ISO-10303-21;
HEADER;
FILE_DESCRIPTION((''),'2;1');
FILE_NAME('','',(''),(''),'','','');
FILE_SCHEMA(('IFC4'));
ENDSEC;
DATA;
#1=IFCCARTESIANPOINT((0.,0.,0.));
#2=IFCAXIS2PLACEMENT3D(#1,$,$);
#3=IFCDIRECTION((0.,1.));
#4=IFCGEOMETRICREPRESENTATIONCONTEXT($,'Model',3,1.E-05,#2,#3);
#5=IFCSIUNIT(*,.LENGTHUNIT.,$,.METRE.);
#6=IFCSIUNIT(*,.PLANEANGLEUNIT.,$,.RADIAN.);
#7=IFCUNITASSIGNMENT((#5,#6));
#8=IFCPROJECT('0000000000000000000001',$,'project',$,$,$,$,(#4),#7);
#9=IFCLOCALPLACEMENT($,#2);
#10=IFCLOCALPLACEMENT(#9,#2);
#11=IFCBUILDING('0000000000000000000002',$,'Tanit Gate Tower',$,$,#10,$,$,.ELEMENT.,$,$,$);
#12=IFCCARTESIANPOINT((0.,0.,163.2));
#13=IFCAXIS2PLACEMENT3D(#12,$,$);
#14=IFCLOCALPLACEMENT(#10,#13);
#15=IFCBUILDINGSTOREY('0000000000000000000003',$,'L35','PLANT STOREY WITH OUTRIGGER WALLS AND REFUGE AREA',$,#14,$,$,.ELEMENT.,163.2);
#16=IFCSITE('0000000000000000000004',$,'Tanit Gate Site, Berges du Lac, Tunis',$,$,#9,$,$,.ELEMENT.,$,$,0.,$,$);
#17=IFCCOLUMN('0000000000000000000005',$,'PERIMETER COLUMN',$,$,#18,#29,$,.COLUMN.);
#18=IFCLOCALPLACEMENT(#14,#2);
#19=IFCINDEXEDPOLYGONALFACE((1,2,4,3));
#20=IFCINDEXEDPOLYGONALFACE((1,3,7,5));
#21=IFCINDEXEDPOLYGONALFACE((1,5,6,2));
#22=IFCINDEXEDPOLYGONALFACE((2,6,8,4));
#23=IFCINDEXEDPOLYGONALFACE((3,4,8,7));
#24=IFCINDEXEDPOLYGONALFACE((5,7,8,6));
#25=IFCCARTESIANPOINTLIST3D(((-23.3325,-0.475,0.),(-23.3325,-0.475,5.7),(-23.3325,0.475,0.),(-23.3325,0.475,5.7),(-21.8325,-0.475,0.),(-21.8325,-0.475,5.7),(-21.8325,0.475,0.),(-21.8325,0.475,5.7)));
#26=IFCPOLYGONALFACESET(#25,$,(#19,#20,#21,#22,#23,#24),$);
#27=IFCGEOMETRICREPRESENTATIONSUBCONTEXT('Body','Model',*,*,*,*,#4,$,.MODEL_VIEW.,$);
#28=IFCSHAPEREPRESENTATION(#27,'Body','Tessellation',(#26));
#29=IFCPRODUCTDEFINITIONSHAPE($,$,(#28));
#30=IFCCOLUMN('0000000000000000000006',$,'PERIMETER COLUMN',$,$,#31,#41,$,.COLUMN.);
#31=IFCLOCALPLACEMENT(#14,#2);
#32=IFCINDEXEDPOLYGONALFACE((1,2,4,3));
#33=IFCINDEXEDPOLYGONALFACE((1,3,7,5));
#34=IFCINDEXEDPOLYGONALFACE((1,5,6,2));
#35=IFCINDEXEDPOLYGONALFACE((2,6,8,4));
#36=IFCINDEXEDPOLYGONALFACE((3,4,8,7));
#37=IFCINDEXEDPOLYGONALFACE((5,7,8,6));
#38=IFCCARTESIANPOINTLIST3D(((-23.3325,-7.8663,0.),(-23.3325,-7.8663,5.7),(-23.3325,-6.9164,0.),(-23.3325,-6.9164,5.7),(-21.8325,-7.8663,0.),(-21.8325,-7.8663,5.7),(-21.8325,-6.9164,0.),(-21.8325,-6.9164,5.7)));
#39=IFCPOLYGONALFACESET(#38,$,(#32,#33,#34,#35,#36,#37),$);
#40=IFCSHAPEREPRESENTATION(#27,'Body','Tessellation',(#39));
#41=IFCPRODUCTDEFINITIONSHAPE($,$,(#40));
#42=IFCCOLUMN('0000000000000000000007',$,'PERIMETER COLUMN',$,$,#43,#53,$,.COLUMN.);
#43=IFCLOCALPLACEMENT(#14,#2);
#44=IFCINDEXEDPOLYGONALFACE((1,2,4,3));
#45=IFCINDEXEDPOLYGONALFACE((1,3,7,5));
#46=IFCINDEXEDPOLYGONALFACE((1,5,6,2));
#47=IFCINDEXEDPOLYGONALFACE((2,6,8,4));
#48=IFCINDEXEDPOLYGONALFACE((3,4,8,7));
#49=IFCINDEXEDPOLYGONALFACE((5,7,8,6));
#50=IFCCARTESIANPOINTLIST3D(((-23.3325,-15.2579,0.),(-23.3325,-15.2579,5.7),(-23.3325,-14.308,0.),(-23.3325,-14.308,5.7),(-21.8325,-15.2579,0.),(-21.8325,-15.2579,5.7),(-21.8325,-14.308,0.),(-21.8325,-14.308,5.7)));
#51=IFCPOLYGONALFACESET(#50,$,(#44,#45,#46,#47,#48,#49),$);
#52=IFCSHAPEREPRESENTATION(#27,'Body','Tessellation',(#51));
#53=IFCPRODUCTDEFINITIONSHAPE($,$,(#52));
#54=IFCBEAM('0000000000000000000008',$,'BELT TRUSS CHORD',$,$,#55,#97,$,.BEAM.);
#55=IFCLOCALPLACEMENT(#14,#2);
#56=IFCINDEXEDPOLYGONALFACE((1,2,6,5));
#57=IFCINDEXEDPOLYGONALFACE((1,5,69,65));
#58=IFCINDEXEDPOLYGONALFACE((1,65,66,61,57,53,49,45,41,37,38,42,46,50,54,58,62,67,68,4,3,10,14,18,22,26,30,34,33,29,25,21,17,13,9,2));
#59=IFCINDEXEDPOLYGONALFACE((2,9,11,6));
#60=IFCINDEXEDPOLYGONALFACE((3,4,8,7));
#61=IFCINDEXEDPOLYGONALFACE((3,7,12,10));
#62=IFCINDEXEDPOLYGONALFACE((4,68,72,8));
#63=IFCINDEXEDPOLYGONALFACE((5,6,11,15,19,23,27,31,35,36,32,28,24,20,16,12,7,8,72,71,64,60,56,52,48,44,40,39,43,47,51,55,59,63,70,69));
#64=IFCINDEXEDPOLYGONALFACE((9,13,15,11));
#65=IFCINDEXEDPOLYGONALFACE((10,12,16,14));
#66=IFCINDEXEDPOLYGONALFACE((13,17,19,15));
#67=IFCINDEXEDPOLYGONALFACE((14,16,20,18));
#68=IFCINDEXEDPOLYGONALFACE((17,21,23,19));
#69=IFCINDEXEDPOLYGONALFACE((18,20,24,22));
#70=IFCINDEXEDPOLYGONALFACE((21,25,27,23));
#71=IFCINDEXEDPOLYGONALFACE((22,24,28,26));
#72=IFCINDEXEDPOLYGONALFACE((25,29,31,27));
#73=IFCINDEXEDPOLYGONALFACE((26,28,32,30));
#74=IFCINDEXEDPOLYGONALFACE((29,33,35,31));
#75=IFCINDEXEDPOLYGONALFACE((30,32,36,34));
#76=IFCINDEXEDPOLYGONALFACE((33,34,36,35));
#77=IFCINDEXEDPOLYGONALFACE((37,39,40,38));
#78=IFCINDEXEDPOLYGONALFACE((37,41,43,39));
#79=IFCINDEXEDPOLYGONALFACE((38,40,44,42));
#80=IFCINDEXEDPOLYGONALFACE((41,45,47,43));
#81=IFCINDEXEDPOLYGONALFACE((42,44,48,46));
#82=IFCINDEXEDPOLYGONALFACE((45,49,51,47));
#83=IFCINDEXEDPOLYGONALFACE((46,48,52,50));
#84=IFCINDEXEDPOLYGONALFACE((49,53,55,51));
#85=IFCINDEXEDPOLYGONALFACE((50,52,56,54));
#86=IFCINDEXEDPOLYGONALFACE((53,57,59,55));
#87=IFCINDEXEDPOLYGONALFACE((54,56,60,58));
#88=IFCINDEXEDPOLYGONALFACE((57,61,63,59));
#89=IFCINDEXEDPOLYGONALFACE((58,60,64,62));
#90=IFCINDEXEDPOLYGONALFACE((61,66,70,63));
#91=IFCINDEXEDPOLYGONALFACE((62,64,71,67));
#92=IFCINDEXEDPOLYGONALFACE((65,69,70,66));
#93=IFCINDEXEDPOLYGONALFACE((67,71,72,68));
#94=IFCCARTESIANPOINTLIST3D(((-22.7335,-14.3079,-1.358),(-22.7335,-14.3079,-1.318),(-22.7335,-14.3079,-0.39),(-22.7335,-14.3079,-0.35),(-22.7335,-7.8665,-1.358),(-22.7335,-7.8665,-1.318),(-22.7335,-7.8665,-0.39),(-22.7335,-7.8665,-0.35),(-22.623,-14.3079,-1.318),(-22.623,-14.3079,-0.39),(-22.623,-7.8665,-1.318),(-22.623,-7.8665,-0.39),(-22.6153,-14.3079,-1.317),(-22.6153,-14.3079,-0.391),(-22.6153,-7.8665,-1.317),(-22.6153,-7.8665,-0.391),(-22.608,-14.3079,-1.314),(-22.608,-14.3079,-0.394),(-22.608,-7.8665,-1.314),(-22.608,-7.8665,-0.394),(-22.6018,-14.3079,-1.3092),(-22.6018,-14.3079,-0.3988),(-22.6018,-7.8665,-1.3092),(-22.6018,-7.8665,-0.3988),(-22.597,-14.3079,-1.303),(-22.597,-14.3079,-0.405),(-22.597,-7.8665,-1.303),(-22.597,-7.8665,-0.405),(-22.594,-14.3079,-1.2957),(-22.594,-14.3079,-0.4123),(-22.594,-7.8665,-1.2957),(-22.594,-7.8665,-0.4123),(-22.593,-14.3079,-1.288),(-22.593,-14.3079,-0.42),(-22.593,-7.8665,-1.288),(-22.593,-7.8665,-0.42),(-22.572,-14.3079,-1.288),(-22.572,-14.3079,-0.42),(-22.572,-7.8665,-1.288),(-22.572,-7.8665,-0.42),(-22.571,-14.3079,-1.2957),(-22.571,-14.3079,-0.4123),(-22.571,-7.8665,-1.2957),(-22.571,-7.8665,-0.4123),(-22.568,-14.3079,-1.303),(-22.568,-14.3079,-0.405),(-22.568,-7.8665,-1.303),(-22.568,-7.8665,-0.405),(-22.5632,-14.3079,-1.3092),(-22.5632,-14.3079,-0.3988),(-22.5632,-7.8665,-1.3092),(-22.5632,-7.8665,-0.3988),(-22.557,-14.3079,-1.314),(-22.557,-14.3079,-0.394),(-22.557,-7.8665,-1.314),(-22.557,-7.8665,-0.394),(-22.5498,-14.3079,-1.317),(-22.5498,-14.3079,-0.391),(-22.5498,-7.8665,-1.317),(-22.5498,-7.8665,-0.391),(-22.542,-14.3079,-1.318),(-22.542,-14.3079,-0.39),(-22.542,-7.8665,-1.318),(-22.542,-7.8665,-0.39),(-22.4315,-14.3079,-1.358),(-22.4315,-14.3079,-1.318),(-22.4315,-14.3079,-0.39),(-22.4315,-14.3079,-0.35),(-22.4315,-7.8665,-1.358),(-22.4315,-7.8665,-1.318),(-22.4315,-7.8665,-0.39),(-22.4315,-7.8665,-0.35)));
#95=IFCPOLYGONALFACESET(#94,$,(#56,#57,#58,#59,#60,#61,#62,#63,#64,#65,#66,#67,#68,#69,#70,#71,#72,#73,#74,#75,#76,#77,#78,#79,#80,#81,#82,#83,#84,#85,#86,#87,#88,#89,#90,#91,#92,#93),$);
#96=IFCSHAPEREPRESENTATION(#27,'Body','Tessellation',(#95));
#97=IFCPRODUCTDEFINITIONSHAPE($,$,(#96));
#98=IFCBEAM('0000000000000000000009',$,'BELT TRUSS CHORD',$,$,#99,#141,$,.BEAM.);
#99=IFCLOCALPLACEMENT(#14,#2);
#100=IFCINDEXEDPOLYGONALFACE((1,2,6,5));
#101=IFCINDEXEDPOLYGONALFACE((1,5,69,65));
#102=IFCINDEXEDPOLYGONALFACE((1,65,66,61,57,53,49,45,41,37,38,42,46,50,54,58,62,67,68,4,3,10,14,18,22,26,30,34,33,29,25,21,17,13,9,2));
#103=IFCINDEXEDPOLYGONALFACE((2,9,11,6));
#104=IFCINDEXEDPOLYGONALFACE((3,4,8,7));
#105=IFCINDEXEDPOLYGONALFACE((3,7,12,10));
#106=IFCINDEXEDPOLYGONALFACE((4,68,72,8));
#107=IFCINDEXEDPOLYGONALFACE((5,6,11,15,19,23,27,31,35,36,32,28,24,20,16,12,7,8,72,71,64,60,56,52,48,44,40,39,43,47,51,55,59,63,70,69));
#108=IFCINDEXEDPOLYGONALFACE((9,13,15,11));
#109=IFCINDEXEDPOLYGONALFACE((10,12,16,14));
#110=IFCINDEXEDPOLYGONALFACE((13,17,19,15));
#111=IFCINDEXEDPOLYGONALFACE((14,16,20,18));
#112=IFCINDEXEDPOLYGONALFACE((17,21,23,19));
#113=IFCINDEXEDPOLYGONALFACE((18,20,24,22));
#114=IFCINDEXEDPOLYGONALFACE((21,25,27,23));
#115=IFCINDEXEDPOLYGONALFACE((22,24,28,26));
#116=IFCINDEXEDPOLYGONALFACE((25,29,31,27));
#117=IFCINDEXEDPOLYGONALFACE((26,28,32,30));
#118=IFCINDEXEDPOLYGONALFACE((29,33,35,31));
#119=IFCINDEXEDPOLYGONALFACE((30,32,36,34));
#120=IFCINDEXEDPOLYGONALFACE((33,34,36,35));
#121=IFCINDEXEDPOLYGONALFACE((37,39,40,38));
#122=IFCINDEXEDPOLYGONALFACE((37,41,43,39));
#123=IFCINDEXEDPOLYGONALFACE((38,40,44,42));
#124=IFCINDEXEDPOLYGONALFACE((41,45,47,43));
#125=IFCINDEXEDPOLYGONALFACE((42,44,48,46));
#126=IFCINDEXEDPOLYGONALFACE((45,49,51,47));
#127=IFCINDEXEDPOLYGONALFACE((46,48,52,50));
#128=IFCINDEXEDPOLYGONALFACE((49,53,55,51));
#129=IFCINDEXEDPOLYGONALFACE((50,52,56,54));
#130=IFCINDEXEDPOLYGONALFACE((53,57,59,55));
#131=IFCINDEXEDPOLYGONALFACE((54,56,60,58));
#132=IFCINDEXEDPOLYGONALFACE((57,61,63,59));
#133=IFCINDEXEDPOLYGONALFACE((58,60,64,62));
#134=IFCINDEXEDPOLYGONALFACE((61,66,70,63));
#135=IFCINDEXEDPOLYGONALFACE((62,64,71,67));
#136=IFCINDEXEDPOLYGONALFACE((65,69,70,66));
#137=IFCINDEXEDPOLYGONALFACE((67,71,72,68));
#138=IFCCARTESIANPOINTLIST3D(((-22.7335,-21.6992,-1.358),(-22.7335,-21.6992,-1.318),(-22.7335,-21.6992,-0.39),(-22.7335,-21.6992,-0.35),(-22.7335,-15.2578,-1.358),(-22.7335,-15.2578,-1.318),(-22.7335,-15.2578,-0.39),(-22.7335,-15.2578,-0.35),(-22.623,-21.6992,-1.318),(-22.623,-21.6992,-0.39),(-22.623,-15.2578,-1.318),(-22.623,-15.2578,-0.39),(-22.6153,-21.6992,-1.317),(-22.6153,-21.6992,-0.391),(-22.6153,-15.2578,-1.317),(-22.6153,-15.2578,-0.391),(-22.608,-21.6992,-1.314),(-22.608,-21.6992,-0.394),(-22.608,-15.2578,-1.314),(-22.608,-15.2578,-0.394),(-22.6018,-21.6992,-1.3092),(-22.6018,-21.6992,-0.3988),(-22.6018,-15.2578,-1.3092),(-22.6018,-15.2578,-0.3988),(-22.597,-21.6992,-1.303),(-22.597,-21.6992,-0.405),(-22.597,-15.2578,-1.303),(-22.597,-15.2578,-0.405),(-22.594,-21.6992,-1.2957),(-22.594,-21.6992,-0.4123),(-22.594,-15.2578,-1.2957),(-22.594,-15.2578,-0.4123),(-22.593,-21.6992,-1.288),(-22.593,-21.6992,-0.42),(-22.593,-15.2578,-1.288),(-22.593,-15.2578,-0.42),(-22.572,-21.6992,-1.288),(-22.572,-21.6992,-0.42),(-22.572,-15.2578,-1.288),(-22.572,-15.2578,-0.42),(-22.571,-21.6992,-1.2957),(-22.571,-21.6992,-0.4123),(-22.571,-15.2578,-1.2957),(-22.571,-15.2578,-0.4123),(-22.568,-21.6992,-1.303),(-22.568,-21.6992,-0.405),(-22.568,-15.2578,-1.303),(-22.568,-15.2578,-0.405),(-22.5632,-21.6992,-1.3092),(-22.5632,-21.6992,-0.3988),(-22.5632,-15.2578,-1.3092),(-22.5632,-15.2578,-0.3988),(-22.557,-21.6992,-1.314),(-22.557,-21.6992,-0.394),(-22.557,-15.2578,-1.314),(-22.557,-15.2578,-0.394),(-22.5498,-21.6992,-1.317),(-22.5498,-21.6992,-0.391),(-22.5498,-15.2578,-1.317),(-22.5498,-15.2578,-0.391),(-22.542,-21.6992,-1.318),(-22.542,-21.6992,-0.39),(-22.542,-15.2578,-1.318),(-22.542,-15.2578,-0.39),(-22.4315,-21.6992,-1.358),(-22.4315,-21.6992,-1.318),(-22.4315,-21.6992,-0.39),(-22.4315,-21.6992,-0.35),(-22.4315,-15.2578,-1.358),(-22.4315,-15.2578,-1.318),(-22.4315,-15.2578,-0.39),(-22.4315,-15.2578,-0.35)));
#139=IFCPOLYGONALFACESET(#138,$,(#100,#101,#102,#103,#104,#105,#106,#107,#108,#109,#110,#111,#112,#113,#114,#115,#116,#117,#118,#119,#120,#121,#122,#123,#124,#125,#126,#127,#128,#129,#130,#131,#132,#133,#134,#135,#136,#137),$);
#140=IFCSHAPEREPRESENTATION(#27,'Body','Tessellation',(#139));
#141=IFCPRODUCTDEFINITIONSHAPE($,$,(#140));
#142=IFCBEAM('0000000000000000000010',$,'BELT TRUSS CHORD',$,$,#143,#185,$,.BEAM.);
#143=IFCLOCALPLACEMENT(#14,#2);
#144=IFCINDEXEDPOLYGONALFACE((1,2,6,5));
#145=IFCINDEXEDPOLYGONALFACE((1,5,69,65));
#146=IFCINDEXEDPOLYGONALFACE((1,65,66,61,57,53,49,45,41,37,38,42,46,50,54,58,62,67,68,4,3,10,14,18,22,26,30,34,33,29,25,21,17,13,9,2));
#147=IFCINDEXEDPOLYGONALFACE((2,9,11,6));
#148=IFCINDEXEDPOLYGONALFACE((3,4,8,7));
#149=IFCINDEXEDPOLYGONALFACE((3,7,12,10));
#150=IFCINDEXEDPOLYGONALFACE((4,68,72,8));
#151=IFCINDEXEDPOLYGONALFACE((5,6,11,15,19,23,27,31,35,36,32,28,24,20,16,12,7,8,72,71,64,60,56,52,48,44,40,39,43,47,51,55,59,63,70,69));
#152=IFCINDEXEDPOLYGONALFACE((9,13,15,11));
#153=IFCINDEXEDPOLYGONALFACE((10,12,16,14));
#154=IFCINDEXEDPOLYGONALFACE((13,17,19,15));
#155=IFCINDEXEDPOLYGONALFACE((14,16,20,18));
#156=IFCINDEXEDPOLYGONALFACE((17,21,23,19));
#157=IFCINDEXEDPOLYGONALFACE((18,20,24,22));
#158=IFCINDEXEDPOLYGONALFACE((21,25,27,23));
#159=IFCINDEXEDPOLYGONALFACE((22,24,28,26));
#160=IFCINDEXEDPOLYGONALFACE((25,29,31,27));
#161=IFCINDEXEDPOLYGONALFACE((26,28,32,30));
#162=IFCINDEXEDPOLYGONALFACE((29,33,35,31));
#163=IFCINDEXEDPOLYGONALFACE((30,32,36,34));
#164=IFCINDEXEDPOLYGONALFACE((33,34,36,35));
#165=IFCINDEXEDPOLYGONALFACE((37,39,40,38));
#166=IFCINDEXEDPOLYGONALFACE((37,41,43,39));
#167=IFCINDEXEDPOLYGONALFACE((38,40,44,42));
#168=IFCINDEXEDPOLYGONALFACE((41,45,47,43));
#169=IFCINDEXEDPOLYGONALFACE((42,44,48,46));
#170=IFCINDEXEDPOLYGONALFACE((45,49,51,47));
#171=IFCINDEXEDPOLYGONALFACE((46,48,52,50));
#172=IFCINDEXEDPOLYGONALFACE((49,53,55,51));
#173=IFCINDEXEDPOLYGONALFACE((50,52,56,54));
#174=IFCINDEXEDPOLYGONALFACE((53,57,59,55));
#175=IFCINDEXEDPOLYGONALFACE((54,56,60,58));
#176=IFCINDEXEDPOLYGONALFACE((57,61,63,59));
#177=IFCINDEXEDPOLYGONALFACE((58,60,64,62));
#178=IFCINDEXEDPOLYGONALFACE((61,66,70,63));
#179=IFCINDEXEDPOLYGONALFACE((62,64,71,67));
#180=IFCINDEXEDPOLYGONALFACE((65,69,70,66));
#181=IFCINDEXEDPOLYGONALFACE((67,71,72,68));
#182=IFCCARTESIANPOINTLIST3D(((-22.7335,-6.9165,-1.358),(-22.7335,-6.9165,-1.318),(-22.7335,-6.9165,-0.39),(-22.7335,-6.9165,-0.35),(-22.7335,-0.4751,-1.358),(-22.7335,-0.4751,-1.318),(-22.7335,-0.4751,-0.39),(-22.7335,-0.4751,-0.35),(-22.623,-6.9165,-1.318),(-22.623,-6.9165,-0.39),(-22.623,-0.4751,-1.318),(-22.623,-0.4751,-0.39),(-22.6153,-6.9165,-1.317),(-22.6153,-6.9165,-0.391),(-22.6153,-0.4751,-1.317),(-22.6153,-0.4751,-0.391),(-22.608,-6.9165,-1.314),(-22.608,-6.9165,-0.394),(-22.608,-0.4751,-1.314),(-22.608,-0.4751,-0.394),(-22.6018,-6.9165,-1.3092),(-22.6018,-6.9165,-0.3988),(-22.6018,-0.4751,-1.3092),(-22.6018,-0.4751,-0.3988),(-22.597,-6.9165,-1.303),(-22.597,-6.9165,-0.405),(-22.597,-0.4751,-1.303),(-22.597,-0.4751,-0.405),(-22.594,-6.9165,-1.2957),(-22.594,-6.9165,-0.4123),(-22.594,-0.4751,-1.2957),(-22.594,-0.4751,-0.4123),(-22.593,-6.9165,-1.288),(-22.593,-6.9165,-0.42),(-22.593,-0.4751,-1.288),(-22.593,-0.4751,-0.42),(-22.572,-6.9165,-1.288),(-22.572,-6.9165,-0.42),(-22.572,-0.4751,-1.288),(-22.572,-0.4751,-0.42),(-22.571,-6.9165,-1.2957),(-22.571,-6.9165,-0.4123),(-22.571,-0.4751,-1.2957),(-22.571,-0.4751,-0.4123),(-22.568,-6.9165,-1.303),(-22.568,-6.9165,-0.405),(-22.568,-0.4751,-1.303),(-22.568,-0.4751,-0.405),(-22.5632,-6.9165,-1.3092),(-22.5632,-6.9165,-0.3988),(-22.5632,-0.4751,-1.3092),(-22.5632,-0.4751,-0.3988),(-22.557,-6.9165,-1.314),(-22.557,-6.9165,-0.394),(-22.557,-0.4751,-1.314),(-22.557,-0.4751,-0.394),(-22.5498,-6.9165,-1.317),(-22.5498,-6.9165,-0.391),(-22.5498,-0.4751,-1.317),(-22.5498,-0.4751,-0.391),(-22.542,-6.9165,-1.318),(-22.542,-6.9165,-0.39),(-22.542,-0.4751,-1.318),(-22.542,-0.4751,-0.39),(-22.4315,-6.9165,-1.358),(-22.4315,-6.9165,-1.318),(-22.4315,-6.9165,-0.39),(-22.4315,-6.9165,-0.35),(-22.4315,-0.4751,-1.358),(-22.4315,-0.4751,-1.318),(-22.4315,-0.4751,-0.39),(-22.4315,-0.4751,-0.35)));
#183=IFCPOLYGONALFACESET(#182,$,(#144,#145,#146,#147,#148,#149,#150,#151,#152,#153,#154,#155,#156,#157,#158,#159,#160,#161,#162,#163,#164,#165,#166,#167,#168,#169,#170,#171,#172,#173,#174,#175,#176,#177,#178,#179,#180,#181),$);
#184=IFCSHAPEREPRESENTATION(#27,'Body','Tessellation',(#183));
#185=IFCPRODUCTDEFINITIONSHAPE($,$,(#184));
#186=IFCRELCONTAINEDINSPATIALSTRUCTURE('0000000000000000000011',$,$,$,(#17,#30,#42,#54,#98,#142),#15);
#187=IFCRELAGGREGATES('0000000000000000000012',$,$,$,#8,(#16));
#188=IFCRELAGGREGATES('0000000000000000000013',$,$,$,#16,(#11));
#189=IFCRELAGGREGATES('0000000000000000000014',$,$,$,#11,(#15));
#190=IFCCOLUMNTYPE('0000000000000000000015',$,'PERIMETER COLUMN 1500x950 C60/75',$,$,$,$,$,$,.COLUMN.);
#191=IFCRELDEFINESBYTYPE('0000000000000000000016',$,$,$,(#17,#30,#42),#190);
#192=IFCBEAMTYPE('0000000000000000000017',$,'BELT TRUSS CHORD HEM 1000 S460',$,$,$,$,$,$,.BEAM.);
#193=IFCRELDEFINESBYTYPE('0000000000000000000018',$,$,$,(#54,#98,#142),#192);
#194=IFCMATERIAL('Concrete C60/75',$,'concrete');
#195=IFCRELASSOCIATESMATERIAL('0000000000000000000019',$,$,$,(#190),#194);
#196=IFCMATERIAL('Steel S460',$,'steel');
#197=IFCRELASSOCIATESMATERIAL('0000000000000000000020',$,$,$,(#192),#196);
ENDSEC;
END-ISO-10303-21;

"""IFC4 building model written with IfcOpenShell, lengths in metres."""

from ifc_helpers import new_model, si_unit, direction, frame, origin, origin_2d, place, context, subcontext, project, spatial, rectangle, i_section, extrude, material, material_profile, profile_set, type_object, element, save


model = new_model("IFC4")

# Units and contexts
model_context = context("Model", 3, precision=1e-05, world=origin(), true_north=direction((0.0, 1.0)))
body_context = subcontext(model_context, "Body", "Model", "MODEL_VIEW")
ifc_project = project(units=[si_unit("LENGTHUNIT", "METRE"), si_unit("PLANEANGLEUNIT", "RADIAN")], contexts=[model_context])

# Site, building, storey
site_placement = place(None, origin())
site = spatial("IfcSite", under=ifc_project, at=site_placement, Name="Tanit Gate Site, Berges du Lac, Tunis", CompositionType="ELEMENT", RefElevation=0.0)
building_placement = place(site_placement, origin())
building = spatial("IfcBuilding", under=site, at=building_placement, Name="Tanit Gate Tower", CompositionType="ELEMENT")
storey_placement = place(building_placement, frame((0.0, 0.0, 163.2)))
storey = spatial("IfcBuildingStorey", under=building, at=storey_placement, Name="L35", Description="PLANT STOREY WITH OUTRIGGER WALLS AND REFUGE AREA", CompositionType="ELEMENT", Elevation=163.2)

# Columns
ifc_material_1 = material(Name="Concrete C60/75", Category="concrete")
ifc_material_profile_1 = material_profile(ifc_material_1, rectangle(XDim=1.5, YDim=0.95, at=origin_2d()), Name="RC 1500x950")
ifc_profile_set_1 = profile_set([ifc_material_profile_1], Name="Concrete C60/75")
column_type = type_object("IfcColumnType", Name="PERIMETER COLUMN 1500x950 C60/75", PredefinedType="COLUMN", material=ifc_profile_set_1)
for number, where, z_axis, x_axis, name in (
    (1, (-22.5825, 0.0, 0.0), (0.0, 0.0, 1.0), (-1.0, 0.0, 0.0), "PERIMETER COLUMN"),
    (2, (-22.5825, -7.3914, 0.0), (0.0, 0.0, 1.0), (-1.0, 0.0, 0.0), "PERIMETER COLUMN"),
    (3, (-22.5825, -14.783, 0.0), (0.0, 0.0, 1.0), (-1.0, 0.0, 0.0), "PERIMETER COLUMN"),
):
    element("IfcColumn", number, at=place(storey_placement, frame(where, z_axis=z_axis, x_axis=x_axis)), inside=storey, type_object=column_type, Name=name, PredefinedType="COLUMN", context=body_context, shape_type="SweptSolid", body=[
        extrude(rectangle(XDim=1.5, YDim=0.95, at=origin_2d()), origin(), (0.0, 0.0, 1.0), 5.7),
    ])

# Beams
ifc_material_2 = material(Name="Steel S460", Category="steel")
ifc_material_profile_2 = material_profile(ifc_material_2, i_section(OverallWidth=0.302, OverallDepth=1.0081, WebThickness=0.021, FlangeThickness=0.04, FilletRadius=0.03, at=origin_2d()), Name="HEM 1000")
ifc_profile_set_2 = profile_set([ifc_material_profile_2], Name="Steel S460")
beam_type_1 = type_object("IfcBeamType", Name="BELT TRUSS CHORD HEM 1000 S460", PredefinedType="BEAM", material=ifc_profile_set_2)
for number, where, z_axis, x_axis, name in (
    (4, (-22.5825, -7.8665, -0.854), (0.0, -1.0, 0.0), (1.0, 0.0, 0.0), "BELT TRUSS CHORD"),
    (5, (-22.5825, -15.2578, -0.854), (0.0, -1.0, 0.0), (1.0, 0.0, 0.0), "BELT TRUSS CHORD"),
    (6, (-22.5825, -0.4751, -0.854), (0.0, -1.0, 0.0), (1.0, 0.0, 0.0), "BELT TRUSS CHORD"),
):
    element("IfcBeam", number, at=place(storey_placement, frame(where, z_axis=z_axis, x_axis=x_axis)), inside=storey, type_object=beam_type_1, Name=name, PredefinedType="BEAM", context=body_context, shape_type="SweptSolid", body=[
        extrude(i_section(OverallWidth=0.302, OverallDepth=1.0081, WebThickness=0.021, FlangeThickness=0.04, FilletRadius=0.03, at=origin_2d()), origin(), (0.0, 0.0, 1.0), 6.4414),
    ])

save(model, "model.ifc")
